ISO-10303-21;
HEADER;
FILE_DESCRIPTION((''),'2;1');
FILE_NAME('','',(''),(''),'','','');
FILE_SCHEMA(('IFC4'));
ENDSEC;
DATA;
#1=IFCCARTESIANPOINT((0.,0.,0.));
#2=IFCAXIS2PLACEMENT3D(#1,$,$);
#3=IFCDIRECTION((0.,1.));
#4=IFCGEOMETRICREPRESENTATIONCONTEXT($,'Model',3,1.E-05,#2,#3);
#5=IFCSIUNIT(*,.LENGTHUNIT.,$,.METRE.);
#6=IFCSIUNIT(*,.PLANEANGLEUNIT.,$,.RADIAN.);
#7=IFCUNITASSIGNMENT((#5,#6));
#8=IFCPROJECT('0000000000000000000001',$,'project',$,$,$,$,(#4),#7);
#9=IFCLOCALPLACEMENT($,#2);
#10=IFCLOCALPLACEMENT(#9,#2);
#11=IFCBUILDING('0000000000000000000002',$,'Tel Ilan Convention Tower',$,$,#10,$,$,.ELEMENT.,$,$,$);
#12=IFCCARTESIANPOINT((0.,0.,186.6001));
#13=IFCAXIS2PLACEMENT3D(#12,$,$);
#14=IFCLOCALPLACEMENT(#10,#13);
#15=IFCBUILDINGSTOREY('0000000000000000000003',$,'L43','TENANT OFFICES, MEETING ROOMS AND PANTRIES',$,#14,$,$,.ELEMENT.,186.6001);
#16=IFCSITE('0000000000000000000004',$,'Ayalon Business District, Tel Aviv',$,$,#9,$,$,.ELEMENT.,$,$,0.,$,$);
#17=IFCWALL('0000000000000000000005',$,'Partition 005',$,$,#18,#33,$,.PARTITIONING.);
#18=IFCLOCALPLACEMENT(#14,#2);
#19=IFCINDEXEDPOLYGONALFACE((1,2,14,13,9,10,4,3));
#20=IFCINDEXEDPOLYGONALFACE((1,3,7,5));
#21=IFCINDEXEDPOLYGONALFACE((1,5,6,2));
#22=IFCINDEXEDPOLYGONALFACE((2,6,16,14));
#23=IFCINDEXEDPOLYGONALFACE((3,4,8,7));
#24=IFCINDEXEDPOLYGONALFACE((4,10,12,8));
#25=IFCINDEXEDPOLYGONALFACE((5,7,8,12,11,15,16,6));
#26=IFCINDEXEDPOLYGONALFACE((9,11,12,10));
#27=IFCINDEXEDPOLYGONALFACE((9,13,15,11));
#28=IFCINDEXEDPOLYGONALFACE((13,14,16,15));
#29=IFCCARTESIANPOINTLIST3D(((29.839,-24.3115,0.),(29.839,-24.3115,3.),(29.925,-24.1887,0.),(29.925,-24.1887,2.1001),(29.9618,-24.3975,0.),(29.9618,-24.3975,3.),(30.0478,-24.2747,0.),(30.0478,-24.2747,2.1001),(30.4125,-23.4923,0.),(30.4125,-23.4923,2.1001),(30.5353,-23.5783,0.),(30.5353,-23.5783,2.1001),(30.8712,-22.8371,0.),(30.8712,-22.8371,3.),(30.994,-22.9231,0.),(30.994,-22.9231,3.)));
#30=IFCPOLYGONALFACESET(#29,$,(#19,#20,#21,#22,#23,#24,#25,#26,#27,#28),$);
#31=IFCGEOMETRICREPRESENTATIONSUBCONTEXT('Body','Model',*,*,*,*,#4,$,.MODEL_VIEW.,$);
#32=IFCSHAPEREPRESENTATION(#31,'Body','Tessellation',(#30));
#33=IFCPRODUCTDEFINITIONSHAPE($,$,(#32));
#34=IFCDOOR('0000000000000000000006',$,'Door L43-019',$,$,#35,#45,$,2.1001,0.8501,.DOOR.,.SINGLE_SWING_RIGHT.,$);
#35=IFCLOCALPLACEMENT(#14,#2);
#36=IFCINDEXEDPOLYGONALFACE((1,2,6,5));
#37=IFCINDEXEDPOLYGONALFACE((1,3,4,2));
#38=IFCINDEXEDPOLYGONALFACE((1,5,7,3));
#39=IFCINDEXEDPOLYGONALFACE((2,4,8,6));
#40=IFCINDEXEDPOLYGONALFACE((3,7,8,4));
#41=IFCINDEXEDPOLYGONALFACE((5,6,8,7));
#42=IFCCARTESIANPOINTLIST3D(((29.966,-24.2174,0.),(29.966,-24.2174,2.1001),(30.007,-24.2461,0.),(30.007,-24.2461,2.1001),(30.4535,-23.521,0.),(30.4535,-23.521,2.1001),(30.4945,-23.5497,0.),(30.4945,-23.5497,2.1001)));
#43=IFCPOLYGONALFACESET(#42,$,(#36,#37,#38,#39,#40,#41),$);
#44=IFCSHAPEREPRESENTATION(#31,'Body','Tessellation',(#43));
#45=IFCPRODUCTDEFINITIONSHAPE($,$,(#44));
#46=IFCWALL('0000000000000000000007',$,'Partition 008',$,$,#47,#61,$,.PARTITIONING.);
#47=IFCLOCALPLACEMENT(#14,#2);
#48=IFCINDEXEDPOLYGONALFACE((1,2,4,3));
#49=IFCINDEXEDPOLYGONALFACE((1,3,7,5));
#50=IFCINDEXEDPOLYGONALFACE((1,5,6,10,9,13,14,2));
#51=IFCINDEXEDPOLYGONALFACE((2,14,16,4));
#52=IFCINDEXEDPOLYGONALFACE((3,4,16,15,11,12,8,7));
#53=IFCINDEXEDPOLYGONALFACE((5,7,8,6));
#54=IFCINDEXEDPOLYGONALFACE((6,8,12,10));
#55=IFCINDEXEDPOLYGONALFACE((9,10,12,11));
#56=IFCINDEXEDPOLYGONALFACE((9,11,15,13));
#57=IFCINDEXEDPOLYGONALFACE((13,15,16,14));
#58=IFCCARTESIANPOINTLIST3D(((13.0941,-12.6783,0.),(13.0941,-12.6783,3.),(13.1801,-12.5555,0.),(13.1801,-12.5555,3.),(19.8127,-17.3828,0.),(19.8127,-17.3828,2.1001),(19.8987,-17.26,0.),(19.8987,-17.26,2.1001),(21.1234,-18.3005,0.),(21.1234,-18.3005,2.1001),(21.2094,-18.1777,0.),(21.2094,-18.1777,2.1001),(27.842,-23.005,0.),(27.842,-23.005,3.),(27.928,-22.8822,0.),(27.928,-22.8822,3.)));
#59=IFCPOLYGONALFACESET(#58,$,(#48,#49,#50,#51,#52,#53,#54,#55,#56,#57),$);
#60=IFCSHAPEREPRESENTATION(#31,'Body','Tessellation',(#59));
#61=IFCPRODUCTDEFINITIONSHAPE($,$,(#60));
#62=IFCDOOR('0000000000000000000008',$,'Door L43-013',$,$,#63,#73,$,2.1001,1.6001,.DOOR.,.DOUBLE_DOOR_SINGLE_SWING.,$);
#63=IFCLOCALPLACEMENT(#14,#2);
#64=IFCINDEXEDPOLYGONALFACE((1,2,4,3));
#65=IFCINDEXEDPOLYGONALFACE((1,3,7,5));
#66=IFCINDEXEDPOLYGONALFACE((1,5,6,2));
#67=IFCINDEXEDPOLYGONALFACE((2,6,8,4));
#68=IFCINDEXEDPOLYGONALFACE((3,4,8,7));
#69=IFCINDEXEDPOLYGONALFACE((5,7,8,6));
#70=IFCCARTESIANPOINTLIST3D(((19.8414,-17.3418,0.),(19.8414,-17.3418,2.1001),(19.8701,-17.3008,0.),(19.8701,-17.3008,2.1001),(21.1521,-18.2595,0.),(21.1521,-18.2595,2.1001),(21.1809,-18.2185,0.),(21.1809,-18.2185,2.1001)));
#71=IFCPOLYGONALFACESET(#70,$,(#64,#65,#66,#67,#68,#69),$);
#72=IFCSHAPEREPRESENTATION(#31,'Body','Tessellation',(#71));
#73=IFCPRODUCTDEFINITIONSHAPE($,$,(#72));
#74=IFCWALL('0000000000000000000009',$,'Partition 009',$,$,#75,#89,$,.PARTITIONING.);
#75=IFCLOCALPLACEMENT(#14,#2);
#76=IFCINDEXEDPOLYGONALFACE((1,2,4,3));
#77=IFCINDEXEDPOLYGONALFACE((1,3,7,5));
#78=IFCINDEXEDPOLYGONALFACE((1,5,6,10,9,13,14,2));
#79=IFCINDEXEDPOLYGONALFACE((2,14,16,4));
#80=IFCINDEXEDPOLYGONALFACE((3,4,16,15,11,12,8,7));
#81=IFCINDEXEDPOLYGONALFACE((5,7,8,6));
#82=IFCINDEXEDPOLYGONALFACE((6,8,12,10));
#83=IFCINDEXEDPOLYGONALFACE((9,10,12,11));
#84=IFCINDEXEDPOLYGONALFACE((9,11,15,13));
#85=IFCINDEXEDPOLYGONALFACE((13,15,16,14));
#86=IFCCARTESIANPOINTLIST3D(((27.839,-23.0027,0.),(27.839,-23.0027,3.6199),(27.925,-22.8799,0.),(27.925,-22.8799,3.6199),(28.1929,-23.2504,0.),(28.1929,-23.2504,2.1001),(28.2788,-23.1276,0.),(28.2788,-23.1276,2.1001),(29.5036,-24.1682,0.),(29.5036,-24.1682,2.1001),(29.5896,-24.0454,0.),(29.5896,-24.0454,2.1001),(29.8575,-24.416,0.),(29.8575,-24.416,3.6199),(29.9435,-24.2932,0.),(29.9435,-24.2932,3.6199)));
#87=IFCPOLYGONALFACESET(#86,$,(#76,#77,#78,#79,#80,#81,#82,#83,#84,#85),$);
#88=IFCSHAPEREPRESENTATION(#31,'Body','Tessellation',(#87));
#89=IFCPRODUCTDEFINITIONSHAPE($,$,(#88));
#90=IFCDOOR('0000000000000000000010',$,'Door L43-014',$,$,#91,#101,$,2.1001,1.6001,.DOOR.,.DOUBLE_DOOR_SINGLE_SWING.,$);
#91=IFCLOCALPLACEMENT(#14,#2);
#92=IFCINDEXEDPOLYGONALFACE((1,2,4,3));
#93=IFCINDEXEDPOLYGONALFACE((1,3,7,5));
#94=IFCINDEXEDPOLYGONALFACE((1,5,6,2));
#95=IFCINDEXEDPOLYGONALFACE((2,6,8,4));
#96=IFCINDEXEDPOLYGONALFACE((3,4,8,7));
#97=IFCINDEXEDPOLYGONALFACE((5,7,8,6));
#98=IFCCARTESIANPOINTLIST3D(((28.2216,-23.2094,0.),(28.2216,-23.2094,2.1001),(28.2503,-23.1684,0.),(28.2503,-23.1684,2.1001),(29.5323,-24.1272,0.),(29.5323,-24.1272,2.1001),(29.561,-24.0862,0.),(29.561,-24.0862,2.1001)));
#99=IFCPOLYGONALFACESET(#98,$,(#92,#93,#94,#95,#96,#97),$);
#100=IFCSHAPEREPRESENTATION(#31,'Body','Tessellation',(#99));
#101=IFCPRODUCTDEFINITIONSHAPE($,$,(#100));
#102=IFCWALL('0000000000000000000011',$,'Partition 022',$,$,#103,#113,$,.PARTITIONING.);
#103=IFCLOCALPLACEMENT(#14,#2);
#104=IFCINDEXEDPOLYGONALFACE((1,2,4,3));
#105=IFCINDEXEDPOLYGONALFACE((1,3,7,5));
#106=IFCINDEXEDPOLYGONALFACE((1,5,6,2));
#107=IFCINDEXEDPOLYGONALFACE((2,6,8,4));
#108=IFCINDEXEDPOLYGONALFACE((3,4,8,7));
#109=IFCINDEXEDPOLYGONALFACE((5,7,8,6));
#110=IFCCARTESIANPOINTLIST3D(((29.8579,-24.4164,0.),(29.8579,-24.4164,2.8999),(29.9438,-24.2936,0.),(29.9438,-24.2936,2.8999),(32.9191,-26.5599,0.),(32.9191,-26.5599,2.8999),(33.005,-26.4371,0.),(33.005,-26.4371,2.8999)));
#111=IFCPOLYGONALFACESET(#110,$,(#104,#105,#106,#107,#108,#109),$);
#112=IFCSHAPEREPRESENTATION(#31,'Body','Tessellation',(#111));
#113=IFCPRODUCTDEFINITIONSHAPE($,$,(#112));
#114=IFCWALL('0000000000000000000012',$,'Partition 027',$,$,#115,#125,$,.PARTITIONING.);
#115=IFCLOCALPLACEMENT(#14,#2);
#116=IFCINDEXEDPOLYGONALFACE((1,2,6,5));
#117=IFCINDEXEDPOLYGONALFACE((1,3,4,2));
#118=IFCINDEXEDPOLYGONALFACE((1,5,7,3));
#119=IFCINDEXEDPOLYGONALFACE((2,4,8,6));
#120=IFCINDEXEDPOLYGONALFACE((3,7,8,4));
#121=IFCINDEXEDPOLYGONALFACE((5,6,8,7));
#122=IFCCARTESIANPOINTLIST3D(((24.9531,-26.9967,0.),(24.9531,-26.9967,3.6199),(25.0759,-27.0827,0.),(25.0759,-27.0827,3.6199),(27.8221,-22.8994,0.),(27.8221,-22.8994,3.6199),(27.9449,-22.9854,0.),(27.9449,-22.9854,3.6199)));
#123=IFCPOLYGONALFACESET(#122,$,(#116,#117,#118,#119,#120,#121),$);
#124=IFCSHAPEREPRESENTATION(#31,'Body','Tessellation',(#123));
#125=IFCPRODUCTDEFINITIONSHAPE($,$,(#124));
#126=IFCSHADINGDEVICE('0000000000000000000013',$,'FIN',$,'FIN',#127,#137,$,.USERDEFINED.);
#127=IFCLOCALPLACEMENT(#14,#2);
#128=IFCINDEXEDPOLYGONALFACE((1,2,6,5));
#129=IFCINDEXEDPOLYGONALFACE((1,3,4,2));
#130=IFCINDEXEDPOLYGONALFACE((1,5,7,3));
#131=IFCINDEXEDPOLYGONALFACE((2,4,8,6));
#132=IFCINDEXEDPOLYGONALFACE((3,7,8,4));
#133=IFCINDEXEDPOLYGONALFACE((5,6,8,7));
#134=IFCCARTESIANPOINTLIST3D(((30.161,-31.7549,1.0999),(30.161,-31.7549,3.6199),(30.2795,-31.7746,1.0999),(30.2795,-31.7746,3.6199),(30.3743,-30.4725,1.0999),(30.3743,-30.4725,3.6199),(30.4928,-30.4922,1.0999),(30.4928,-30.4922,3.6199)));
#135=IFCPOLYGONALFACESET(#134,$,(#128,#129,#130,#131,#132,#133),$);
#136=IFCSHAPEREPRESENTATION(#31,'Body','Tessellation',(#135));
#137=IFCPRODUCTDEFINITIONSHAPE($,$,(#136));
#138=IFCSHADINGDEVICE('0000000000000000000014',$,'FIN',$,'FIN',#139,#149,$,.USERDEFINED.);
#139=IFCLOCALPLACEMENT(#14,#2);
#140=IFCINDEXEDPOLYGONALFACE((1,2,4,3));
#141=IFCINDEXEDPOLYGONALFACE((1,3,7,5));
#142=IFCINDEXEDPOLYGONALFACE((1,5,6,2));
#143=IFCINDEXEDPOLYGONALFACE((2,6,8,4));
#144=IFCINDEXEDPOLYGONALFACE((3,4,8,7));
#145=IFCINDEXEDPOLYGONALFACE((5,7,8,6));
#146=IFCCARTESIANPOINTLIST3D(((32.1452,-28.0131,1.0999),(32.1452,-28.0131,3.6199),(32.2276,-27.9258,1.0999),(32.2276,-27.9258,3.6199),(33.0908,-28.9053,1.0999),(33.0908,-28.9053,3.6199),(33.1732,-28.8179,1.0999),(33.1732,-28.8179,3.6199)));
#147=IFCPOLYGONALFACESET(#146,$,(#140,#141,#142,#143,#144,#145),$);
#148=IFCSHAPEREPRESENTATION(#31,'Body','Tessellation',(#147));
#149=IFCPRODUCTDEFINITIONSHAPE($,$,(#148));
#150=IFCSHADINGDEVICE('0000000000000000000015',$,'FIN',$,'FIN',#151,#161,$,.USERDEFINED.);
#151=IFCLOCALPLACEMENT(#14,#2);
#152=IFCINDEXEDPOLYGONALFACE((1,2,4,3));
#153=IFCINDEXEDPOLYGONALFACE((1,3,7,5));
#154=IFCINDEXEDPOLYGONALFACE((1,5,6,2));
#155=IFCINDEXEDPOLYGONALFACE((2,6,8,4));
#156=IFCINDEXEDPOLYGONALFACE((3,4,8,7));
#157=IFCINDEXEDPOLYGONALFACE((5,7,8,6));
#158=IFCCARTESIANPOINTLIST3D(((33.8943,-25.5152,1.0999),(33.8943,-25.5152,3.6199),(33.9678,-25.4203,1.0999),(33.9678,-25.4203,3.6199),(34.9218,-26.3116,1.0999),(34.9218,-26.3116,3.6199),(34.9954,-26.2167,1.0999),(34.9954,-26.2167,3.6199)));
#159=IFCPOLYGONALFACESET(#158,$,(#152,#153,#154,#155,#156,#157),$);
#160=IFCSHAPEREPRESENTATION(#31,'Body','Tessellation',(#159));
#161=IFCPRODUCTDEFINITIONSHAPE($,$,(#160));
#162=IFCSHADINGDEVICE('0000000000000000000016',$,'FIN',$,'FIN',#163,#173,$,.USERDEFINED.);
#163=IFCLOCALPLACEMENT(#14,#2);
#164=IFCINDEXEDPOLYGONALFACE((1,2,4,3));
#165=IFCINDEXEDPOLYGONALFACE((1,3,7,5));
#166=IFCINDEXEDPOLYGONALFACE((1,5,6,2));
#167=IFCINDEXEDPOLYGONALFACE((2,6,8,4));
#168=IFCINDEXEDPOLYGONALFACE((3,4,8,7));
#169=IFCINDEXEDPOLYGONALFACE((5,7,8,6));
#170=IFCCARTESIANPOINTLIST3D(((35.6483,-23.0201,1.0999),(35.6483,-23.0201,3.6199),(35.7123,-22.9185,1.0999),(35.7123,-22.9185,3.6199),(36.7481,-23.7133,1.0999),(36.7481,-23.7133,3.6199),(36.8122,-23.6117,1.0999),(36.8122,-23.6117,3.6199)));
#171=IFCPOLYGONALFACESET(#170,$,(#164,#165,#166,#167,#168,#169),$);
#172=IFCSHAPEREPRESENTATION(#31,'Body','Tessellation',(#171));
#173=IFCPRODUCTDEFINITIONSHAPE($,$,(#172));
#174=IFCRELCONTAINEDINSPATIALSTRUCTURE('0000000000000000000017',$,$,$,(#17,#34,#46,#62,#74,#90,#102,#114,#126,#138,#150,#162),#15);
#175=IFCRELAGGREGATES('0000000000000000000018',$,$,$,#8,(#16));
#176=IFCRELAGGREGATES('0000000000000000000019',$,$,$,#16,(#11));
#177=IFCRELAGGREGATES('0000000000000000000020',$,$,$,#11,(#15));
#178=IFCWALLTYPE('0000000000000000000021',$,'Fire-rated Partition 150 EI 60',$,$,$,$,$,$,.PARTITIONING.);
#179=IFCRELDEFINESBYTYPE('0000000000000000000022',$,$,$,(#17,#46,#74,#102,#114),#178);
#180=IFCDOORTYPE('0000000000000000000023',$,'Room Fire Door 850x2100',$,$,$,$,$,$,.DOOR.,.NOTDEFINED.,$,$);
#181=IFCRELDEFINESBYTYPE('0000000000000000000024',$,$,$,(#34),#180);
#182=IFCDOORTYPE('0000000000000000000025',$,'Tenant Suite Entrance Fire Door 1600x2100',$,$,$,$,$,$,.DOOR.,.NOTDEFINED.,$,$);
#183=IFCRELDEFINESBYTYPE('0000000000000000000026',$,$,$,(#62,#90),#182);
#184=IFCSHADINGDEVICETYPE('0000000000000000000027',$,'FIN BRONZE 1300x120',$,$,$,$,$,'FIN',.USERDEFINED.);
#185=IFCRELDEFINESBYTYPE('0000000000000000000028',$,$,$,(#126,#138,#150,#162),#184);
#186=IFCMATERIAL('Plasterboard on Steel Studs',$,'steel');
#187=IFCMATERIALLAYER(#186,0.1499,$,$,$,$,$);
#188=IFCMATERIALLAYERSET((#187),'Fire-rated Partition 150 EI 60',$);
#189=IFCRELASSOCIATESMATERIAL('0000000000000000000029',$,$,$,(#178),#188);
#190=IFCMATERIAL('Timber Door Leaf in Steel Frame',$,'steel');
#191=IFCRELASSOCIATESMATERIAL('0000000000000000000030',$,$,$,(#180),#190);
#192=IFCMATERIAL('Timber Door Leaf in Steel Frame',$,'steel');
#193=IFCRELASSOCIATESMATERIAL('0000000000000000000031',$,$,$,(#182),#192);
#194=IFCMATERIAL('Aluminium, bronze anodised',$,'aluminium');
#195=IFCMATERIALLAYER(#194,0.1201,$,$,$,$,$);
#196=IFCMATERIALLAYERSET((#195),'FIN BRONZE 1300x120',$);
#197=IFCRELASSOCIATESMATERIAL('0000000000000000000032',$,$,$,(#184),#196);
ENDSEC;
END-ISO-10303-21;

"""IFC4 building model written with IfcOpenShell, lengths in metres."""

from ifc_helpers import new_model, si_unit, direction, frame, frame_2d, origin, origin_2d, place, context, subcontext, project, spatial, rectangle, extrude, material, layer, layer_set, type_object, element, fill, save


model = new_model("IFC4")

# Units and contexts
model_context = context("Model", 3, precision=1e-05, world=origin(), true_north=direction((0.0, 1.0)))
body_context = subcontext(model_context, "Body", "Model", "MODEL_VIEW")
ifc_project = project(units=[si_unit("LENGTHUNIT", "METRE"), si_unit("PLANEANGLEUNIT", "RADIAN")], contexts=[model_context])

# Site, building, storey
site_placement = place(None, origin())
site = spatial("IfcSite", under=ifc_project, at=site_placement, Name="Ayalon Business District, Tel Aviv", CompositionType="ELEMENT", RefElevation=0.0)
building_placement = place(site_placement, origin())
building = spatial("IfcBuilding", under=site, at=building_placement, Name="Tel Ilan Convention Tower", CompositionType="ELEMENT")
storey_placement = place(building_placement, frame((0.0, 0.0, 186.6001)))
storey = spatial("IfcBuildingStorey", under=building, at=storey_placement, Name="L43", Description="TENANT OFFICES, MEETING ROOMS AND PANTRIES", CompositionType="ELEMENT", Elevation=186.6001)

# Shared definitions
ifc_material_1 = material(Name="Plasterboard on Steel Studs", Category="steel")
ifc_layer_1 = layer(ifc_material_1, 0.1499)
ifc_layer_set_1 = layer_set([ifc_layer_1], Name="Fire-rated Partition 150 EI 60")
wall_type = type_object("IfcWallType", Name="Fire-rated Partition 150 EI 60", PredefinedType="PARTITIONING", material=ifc_layer_set_1)

# Walls, openings, doors
wall_1_placement = place(storey_placement, frame((29.9004, -24.3545, 0.0), z_axis=(0.0, 0.0, 1.0), x_axis=(0.573526, 0.819187, 0.0)))
wall_1 = element("IfcWall", 1, at=wall_1_placement, inside=storey, type_object=wall_type, Name="Partition 005", PredefinedType="PARTITIONING", context=body_context, shape_type="SweptSolid", body=[
    extrude(rectangle(XDim=1.7998, YDim=0.1499, at=frame_2d((0.8999, 0.0))), origin(), (0.0, 0.0, 1.0), 3.0),
])
opening_1_placement = place(wall_1_placement, frame((0.1499, 0.0, 0.0)))
opening_1 = element("IfcOpeningElement", 2, at=opening_1_placement, cuts=wall_1, PredefinedType="OPENING", context=body_context, shape_type="SweptSolid", body=[
    extrude(rectangle(XDim=0.8501, YDim=2.1001, at=frame_2d((0.425, 1.05))), frame((0.0, 0.085, 0.0), z_axis=(0.0, -1.0, 0.0), x_axis=(1.0, 0.0, 0.0)), (0.0, 0.0, 1.0), 0.1699),
])
ifc_material_2 = material(Name="Timber Door Leaf in Steel Frame", Category="steel")
door_type_1 = type_object("IfcDoorType", Name="Room Fire Door 850x2100", OperationType="NOTDEFINED", PredefinedType="DOOR", material=ifc_material_2)
door_1_placement = place(opening_1_placement, origin())
door_1 = element("IfcDoor", 3, at=door_1_placement, inside=storey, type_object=door_type_1, Name="Door L43-019", OperationType="SINGLE_SWING_RIGHT", OverallHeight=2.1001, OverallWidth=0.8501, PredefinedType="DOOR", context=body_context, shape_type="SweptSolid", body=[
    extrude(rectangle(XDim=0.8501, YDim=2.1001, at=frame_2d((0.425, 1.05))), frame((0.0, 0.0249, 0.0), z_axis=(0.0, -1.0, 0.0), x_axis=(1.0, 0.0, 0.0)), (0.0, 0.0, 1.0), 0.05),
])
fill(opening_1, door_1)
wall_2_placement = place(storey_placement, frame((27.885, -22.9436, 0.0), z_axis=(0.0, 0.0, 1.0), x_axis=(-0.819148, 0.573582, 0.0)))
wall_2 = element("IfcWall", 4, at=wall_2_placement, inside=storey, type_object=wall_type, Name="Partition 008", PredefinedType="PARTITIONING", context=body_context, shape_type="SweptSolid", body=[
    extrude(rectangle(XDim=18.0039, YDim=0.1499, at=frame_2d((9.002, 0.0))), origin(), (0.0, 0.0, 1.0), 3.0),
])
opening_2_placement = place(wall_2_placement, frame((8.2019, 0.0, 0.0)))
opening_2 = element("IfcOpeningElement", 5, at=opening_2_placement, cuts=wall_2, PredefinedType="OPENING", context=body_context, shape_type="SweptSolid", body=[
    extrude(rectangle(XDim=1.6001, YDim=2.1001, at=frame_2d((0.8, 1.05))), frame((0.0, 0.085, 0.0), z_axis=(0.0, -1.0, 0.0), x_axis=(1.0, 0.0, 0.0)), (0.0, 0.0, 1.0), 0.1699),
])
ifc_material_3 = material(Name="Timber Door Leaf in Steel Frame", Category="steel")
door_type_2 = type_object("IfcDoorType", Name="Tenant Suite Entrance Fire Door 1600x2100", OperationType="NOTDEFINED", PredefinedType="DOOR", material=ifc_material_3)
door_2_placement = place(opening_2_placement, origin())
door_2 = element("IfcDoor", 6, at=door_2_placement, inside=storey, type_object=door_type_2, Name="Door L43-013", OperationType="DOUBLE_DOOR_SINGLE_SWING", OverallHeight=2.1001, OverallWidth=1.6001, PredefinedType="DOOR", context=body_context, shape_type="SweptSolid", body=[
    extrude(rectangle(XDim=1.6001, YDim=2.1001, at=frame_2d((0.8, 1.05))), frame((0.0, 0.0249, 0.0), z_axis=(0.0, -1.0, 0.0), x_axis=(1.0, 0.0, 0.0)), (0.0, 0.0, 1.0), 0.05),
])
fill(opening_2, door_2)
wall_3_placement = place(storey_placement, frame((29.9004, -24.3545, 0.0), z_axis=(0.0, 0.0, 1.0), x_axis=(-0.819167, 0.573555, 0.0)))
wall_3 = element("IfcWall", 7, at=wall_3_placement, inside=storey, type_object=wall_type, Name="Partition 009", PredefinedType="PARTITIONING", context=body_context, shape_type="SweptSolid", body=[
    extrude(rectangle(XDim=2.4641, YDim=0.1499, at=frame_2d((1.2319, 0.0))), origin(), (0.0, 0.0, 1.0), 3.6199),
])
opening_3_placement = place(wall_3_placement, frame((0.4319, 0.0, 0.0)))
opening_3 = element("IfcOpeningElement", 8, at=opening_3_placement, cuts=wall_3, PredefinedType="OPENING", context=body_context, shape_type="SweptSolid", body=[
    extrude(rectangle(XDim=1.6001, YDim=2.1001, at=frame_2d((0.8, 1.05))), frame((0.0, 0.085, 0.0), z_axis=(0.0, -1.0, 0.0), x_axis=(1.0, 0.0, 0.0)), (0.0, 0.0, 1.0), 0.1699),
])
door_3_placement = place(opening_3_placement, origin())
door_3 = element("IfcDoor", 9, at=door_3_placement, inside=storey, type_object=door_type_2, Name="Door L43-014", OperationType="DOUBLE_DOOR_SINGLE_SWING", OverallHeight=2.1001, OverallWidth=1.6001, PredefinedType="DOOR", context=body_context, shape_type="SweptSolid", body=[
    extrude(rectangle(XDim=1.6001, YDim=2.1001, at=frame_2d((0.8, 1.05))), frame((0.0, 0.0249, 0.0), z_axis=(0.0, -1.0, 0.0), x_axis=(1.0, 0.0, 0.0)), (0.0, 0.0, 1.0), 0.05),
])
fill(opening_3, door_3)

# Walls
wall_4_placement = place(storey_placement, frame((32.9622, -26.4985, 0.0), z_axis=(0.0, 0.0, 1.0), x_axis=(-0.819149, 0.573581, 0.0)))
element("IfcWall", 10, at=wall_4_placement, inside=storey, type_object=wall_type, Name="Partition 022", PredefinedType="PARTITIONING", context=body_context, shape_type="SweptSolid", body=[
    extrude(rectangle(XDim=3.7371, YDim=0.1499, at=frame_2d((1.8687, 0.0))), origin(), (0.0, 0.0, 1.0), 2.8999),
])
wall_5_placement = place(storey_placement, frame((27.8835, -22.9424, 0.0), z_axis=(0.0, 0.0, 1.0), x_axis=(-0.57359, -0.819142, 0.0)))
element("IfcWall", 11, at=wall_5_placement, inside=storey, type_object=wall_type, Name="Partition 027", PredefinedType="PARTITIONING", context=body_context, shape_type="SweptSolid", body=[
    extrude(rectangle(XDim=5.002, YDim=0.1499, at=frame_2d((2.501, 0.0))), origin(), (0.0, 0.0, 1.0), 3.6199),
])

# Shading devices
ifc_material_4 = material(Name="Aluminium, bronze anodised", Category="aluminium")
ifc_layer_2 = layer(ifc_material_4, 0.1201)
ifc_layer_set_2 = layer_set([ifc_layer_2], Name="FIN BRONZE 1300x120")
shading_device_type = type_object("IfcShadingDeviceType", Name="FIN BRONZE 1300x120", ElementType="FIN", PredefinedType="USERDEFINED", material=ifc_layer_set_2)
for number, where, z_axis, x_axis, name in (
    (12, (30.3269, -31.1235, 1.0999), (0.0, 0.0, 1.0), (-0.164091, -0.986445, 0.0), "FIN"),
    (13, (32.6592, -28.4155, 1.0999), (0.0, 0.0, 1.0), (0.727374, -0.686242, 0.0), "FIN"),
    (14, (34.4448, -25.866, 1.0999), (0.0, 0.0, 1.0), (0.790393, -0.612601, 0.0), "FIN"),
    (15, (36.2302, -23.3159, 1.0999), (0.0, 0.0, 1.0), (0.845986, -0.533204, 0.0), "FIN"),
):
    element("IfcShadingDevice", number, at=place(storey_placement, frame(where, z_axis=z_axis, x_axis=x_axis)), inside=storey, type_object=shading_device_type, Name=name, ObjectType="FIN", PredefinedType="USERDEFINED", context=body_context, shape_type="SweptSolid", body=[
        extrude(rectangle(XDim=1.3, YDim=0.1201, at=origin_2d()), origin(), (0.0, 0.0, 1.0), 2.52),
    ])

save(model, "model.ifc")
